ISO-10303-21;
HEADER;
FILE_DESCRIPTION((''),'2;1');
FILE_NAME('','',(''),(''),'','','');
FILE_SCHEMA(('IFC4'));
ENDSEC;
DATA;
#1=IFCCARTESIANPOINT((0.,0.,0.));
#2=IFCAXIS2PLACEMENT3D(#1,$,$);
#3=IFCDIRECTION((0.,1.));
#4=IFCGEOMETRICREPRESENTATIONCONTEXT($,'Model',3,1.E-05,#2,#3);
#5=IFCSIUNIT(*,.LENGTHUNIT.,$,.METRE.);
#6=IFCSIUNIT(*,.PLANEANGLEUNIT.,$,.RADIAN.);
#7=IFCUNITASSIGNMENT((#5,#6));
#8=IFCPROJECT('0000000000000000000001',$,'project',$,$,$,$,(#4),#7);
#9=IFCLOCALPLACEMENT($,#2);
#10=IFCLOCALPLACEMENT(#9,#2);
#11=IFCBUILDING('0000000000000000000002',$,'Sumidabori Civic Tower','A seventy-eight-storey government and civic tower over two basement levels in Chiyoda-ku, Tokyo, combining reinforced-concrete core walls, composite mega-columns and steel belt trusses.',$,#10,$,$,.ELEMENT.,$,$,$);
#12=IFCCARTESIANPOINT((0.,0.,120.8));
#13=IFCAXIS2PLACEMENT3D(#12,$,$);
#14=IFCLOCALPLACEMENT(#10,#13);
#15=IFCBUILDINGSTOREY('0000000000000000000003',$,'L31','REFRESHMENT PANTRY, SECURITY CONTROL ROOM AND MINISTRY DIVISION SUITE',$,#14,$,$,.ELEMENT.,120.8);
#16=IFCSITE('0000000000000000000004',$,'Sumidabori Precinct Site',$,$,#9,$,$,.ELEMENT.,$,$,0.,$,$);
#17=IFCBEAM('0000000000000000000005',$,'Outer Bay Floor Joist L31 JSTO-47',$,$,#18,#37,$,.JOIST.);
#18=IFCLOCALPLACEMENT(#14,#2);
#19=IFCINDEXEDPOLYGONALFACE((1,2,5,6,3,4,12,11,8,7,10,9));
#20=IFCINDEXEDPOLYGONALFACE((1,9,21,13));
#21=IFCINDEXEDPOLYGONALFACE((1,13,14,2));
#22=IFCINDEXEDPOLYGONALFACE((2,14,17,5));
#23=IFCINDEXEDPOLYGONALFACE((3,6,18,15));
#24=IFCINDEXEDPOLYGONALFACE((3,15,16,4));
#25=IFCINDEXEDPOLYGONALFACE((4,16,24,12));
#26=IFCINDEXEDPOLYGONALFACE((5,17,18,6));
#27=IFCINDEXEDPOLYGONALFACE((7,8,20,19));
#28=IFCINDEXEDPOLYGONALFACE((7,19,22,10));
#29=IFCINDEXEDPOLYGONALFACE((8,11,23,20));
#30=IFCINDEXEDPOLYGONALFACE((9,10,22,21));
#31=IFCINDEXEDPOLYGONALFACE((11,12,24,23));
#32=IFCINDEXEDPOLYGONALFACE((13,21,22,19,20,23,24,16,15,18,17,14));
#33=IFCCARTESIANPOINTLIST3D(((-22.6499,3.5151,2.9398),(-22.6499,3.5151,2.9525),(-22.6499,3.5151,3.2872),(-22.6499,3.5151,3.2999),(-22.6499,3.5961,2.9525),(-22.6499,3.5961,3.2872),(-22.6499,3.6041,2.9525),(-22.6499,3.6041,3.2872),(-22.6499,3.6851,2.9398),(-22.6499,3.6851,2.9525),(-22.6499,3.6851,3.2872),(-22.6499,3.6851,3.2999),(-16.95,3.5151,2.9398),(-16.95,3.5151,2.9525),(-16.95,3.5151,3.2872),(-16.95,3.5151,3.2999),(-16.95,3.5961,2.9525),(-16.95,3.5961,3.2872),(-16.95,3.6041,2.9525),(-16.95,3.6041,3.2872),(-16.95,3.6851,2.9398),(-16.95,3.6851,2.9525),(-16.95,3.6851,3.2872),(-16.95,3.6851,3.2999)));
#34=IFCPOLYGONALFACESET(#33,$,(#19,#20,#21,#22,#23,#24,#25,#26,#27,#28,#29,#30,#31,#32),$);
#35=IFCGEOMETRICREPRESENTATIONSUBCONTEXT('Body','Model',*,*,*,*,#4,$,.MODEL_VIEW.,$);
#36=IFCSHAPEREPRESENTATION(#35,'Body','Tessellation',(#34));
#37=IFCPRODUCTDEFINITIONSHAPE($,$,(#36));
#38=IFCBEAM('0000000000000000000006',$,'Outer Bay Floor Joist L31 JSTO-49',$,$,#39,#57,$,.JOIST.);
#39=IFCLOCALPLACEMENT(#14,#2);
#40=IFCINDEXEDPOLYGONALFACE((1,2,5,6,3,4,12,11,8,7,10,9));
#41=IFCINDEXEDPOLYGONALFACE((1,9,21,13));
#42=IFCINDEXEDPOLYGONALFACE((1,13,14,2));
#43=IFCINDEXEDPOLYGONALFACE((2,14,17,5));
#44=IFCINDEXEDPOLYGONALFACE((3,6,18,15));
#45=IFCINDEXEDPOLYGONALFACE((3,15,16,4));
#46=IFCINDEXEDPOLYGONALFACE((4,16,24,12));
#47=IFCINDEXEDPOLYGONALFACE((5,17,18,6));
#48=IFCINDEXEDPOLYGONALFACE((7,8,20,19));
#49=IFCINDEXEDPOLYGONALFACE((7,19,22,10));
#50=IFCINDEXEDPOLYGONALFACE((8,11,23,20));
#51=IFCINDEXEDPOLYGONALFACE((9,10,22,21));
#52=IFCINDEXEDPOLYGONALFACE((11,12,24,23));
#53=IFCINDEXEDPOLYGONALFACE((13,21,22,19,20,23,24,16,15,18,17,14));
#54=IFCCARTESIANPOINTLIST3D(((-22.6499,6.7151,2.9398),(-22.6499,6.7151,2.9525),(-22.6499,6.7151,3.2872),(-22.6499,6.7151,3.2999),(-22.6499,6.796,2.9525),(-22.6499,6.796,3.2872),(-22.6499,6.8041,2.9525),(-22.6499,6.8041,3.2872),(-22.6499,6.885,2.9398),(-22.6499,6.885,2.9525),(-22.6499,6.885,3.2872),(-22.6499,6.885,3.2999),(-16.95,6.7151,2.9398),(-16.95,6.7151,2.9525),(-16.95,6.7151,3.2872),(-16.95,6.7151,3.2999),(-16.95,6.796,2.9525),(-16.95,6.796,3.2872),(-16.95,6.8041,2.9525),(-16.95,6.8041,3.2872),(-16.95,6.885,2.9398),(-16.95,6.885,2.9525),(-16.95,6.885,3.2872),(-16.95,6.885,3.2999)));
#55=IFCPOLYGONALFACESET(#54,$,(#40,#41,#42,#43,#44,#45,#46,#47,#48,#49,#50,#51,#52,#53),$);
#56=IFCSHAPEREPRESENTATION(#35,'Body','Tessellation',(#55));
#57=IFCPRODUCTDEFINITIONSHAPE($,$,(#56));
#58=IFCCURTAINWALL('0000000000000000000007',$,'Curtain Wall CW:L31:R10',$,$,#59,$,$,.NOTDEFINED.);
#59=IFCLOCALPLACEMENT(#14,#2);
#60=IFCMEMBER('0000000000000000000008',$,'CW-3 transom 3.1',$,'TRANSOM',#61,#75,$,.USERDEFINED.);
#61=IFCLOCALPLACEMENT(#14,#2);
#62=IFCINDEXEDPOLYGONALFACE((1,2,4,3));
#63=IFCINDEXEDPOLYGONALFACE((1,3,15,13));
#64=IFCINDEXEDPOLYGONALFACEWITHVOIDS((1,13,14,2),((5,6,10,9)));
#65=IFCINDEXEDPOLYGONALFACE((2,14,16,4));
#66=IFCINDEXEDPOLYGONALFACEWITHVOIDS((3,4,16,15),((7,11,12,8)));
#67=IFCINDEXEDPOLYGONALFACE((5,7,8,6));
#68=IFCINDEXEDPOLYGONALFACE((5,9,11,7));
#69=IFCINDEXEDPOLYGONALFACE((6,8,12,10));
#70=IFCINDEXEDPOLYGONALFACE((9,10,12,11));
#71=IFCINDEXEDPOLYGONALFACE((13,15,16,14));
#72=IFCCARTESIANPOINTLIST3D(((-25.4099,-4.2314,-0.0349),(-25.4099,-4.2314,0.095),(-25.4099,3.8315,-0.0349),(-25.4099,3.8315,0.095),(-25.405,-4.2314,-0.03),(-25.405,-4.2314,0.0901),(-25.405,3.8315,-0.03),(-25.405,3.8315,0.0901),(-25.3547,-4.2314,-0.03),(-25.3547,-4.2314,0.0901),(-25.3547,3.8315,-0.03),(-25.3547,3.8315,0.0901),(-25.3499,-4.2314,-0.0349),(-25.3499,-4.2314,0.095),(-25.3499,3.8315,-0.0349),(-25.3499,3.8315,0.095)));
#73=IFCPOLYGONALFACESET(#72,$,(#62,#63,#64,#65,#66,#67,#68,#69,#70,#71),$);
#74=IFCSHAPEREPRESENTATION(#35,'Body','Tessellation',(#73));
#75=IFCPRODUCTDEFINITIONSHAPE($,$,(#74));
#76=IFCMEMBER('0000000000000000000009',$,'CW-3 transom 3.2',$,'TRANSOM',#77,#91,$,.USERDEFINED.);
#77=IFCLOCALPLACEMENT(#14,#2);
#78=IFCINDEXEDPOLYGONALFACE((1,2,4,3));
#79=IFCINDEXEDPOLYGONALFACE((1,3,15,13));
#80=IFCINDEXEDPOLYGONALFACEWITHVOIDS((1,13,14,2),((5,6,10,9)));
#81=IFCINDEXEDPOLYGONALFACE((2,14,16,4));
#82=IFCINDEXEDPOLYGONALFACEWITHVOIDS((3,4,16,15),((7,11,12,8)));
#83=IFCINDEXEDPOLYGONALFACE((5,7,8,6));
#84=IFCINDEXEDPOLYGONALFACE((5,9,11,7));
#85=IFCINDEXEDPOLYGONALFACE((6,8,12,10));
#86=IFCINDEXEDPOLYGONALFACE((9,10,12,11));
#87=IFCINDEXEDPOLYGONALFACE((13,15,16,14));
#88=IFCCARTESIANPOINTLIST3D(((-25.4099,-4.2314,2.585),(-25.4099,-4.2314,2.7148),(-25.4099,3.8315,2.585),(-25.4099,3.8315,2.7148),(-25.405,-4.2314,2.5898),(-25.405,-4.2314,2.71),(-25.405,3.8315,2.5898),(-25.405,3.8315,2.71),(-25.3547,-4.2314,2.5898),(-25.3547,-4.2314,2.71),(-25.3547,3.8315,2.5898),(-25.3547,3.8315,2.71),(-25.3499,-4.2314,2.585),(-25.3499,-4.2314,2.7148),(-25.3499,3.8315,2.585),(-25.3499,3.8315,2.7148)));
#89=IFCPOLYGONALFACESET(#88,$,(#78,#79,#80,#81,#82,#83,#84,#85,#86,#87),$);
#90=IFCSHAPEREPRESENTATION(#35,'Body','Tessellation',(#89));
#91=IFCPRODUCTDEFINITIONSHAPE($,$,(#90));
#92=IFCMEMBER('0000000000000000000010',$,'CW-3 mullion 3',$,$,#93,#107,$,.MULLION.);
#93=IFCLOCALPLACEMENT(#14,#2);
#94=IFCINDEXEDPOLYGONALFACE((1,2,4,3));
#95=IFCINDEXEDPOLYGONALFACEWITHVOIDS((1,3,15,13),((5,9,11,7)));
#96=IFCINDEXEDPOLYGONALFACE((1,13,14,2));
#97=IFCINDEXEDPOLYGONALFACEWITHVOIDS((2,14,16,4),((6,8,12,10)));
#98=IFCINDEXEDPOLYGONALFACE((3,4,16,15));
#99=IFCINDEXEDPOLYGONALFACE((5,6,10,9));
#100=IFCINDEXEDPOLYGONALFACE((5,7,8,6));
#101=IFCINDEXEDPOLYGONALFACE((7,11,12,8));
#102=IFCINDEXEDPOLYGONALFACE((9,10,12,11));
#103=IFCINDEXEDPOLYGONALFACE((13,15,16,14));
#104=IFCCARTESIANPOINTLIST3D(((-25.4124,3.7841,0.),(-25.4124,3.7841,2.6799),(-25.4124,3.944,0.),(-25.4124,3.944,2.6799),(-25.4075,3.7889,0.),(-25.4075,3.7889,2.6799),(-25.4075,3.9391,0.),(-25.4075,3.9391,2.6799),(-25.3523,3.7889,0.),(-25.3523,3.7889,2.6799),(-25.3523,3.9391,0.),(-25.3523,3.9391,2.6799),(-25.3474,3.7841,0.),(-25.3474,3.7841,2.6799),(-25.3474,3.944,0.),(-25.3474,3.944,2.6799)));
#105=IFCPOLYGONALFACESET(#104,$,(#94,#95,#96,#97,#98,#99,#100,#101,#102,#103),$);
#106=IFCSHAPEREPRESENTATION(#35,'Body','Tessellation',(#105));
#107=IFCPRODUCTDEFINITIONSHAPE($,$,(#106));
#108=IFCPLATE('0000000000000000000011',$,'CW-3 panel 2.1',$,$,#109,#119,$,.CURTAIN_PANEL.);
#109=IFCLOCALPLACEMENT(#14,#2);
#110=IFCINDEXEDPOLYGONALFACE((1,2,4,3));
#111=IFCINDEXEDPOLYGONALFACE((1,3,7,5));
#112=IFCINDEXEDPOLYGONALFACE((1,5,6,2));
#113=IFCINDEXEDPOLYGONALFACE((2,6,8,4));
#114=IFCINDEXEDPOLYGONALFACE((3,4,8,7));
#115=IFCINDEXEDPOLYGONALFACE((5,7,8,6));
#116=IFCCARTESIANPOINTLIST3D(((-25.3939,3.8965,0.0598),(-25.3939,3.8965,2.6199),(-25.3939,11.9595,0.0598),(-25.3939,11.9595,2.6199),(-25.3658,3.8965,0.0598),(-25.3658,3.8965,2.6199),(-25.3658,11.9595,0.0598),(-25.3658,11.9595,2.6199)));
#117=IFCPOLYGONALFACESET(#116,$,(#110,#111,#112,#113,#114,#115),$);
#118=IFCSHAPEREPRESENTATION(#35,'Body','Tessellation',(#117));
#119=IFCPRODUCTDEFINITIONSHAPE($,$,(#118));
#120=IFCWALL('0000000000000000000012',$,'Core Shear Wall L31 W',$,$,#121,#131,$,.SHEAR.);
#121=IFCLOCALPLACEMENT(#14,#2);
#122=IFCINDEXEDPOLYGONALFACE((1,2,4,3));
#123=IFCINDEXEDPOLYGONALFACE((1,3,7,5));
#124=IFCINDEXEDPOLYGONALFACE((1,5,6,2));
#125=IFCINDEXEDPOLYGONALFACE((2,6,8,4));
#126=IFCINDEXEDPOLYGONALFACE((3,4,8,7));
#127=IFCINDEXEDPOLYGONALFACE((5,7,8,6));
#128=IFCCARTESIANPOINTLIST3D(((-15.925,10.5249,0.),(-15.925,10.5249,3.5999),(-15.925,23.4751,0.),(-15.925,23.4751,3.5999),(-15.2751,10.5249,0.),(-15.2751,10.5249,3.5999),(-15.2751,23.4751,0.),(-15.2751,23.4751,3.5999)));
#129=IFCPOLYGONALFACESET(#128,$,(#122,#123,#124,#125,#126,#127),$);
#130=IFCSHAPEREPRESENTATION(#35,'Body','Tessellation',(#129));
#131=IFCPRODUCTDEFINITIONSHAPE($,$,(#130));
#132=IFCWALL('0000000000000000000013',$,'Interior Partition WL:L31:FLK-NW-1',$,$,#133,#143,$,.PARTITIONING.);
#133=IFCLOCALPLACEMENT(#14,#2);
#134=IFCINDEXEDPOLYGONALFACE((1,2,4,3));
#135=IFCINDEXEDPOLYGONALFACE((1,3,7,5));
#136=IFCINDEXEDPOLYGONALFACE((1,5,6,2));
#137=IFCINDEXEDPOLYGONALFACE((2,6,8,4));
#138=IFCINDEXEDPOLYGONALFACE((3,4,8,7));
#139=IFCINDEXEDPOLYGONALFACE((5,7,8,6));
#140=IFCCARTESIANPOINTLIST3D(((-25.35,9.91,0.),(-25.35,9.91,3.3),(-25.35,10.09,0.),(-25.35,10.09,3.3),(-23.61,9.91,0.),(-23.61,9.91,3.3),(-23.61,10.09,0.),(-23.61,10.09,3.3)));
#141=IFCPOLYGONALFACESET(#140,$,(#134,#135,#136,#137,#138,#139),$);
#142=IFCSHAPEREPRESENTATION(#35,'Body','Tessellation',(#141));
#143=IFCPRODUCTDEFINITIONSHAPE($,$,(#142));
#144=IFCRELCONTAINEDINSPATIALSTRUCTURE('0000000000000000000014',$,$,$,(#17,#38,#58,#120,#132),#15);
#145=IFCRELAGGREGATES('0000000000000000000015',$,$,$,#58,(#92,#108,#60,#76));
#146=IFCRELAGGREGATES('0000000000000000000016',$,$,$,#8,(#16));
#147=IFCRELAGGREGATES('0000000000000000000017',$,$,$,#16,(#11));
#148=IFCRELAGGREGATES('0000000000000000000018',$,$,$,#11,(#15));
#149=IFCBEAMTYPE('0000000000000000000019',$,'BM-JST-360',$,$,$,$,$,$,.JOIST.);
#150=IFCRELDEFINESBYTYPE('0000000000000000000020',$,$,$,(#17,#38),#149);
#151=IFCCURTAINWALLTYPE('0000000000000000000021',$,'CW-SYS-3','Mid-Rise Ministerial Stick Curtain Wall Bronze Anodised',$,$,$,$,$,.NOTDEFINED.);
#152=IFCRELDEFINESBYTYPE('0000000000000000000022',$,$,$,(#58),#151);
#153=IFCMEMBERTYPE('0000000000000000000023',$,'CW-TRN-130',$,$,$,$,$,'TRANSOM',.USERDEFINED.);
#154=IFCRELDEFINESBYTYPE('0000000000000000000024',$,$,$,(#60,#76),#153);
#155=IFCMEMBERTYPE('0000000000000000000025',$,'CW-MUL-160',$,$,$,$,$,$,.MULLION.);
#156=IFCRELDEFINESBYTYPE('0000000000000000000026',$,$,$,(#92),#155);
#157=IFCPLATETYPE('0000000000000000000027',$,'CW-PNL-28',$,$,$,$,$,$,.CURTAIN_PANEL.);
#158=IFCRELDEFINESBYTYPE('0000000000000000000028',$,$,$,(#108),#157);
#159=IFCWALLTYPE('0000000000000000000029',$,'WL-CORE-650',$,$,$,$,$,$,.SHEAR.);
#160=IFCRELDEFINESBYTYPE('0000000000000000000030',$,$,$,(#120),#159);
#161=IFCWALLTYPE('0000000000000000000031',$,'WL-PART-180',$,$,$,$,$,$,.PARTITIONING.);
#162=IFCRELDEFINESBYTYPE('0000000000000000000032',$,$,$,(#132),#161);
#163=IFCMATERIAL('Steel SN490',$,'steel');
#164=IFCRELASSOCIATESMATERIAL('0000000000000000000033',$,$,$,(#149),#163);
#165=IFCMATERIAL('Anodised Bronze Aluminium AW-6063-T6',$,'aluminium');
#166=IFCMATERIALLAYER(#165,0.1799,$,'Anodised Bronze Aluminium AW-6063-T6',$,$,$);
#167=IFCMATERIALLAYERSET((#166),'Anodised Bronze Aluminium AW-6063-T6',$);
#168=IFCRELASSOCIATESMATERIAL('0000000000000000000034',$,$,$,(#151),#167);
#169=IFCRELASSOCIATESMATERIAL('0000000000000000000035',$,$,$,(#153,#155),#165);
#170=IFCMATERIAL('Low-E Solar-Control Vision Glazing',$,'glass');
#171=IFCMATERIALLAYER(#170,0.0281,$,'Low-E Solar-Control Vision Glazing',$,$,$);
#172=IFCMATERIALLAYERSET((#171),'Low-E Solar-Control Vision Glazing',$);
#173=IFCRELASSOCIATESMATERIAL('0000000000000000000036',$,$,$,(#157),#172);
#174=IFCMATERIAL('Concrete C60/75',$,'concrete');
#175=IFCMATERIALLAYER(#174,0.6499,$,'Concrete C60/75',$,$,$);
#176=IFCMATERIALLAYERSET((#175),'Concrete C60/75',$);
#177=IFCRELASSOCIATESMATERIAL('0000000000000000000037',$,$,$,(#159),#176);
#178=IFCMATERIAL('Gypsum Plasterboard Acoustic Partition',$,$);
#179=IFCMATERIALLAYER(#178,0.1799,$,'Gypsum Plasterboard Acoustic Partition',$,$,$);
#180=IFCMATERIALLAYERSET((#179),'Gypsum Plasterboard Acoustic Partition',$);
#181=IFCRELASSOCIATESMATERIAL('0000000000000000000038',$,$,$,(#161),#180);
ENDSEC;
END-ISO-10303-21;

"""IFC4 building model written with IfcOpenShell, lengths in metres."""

from ifc_helpers import new_model, si_unit, direction, frame, frame_2d, origin, origin_2d, place, context, subcontext, project, spatial, rectangle, hollow_rectangle, i_section, extrude, source, transform, mapped, material, layer, layer_set, material_profile, profile_set, type_object, element, aggregate, save


model = new_model("IFC4")

# Units and contexts
model_context = context("Model", 3, precision=1e-05, world=origin(), true_north=direction((0.0, 1.0)))
body_context = subcontext(model_context, "Body", "Model", "MODEL_VIEW")
ifc_project = project(units=[si_unit("LENGTHUNIT", "METRE"), si_unit("PLANEANGLEUNIT", "RADIAN")], contexts=[model_context])

# Site, building, storey
site_placement = place(None, origin())
site = spatial("IfcSite", under=ifc_project, at=site_placement, Name="Sumidabori Precinct Site", CompositionType="ELEMENT", RefElevation=0.0)
building_placement = place(site_placement, origin())
building = spatial("IfcBuilding", under=site, at=building_placement, Name="Sumidabori Civic Tower", Description="A seventy-eight-storey government and civic tower over two basement levels in Chiyoda-ku, Tokyo, combining reinforced-concrete core walls, composite mega-columns and steel belt trusses.", CompositionType="ELEMENT")
storey_placement = place(building_placement, frame((0.0, 0.0, 120.8)))
storey = spatial("IfcBuildingStorey", under=building, at=storey_placement, Name="L31", Description="REFRESHMENT PANTRY, SECURITY CONTROL ROOM AND MINISTRY DIVISION SUITE", CompositionType="ELEMENT", Elevation=120.8)

# Shared definitions
ifc_material_1 = material(Name="Concrete C60/75", Category="concrete")

# Beams
ifc_material_2 = material(Name="Steel SN490", Category="steel")
ifc_material_profile_1 = material_profile(ifc_material_2, i_section(OverallWidth=0.1699, OverallDepth=0.3601, WebThickness=0.0081, FlangeThickness=0.0127, at=origin_2d()), Name="IPE 360")
ifc_profile_set_1 = profile_set([ifc_material_profile_1], Name="Steel SN490")
beam_type_1 = type_object("IfcBeamType", Name="BM-JST-360", PredefinedType="JOIST", material=ifc_profile_set_1)
shared_shape_1 = source(origin(), body_context, "Body", "SweptSolid", [
    extrude(i_section(OverallWidth=0.1699, OverallDepth=0.3601, WebThickness=0.0081, FlangeThickness=0.0127, at=origin_2d()), origin(), (0.0, 0.0, 1.0), 5.7),
])
for number, where, z_axis, x_axis, name in (
    (1, (-22.6499, 3.6001, 3.1199), (1.0, 0.0, 0.0), (0.0, 1.0, 0.0), "Outer Bay Floor Joist L31 JSTO-47"),
    (2, (-22.6499, 6.8, 3.1199), (1.0, 0.0, 0.0), (0.0, 1.0, 0.0), "Outer Bay Floor Joist L31 JSTO-49"),
):
    element("IfcBeam", number, at=place(storey_placement, frame(where, z_axis=z_axis, x_axis=x_axis)), inside=storey, type_object=beam_type_1, Name=name, PredefinedType="JOIST", context=body_context, shape_type="MappedRepresentation", body=[
        mapped(shared_shape_1, transform((0.0, 0.0, 0.0), x_axis=(1.0, 0.0, 0.0), y_axis=(0.0, 1.0, 0.0), z_axis=(0.0, 0.0, 1.0), scale=1.0)),
    ])

# Curtain wall, members, plate
ifc_material_3 = material(Name="Anodised Bronze Aluminium AW-6063-T6", Category="aluminium")
ifc_layer_1 = layer(ifc_material_3, 0.1799, Name="Anodised Bronze Aluminium AW-6063-T6")
ifc_layer_set_1 = layer_set([ifc_layer_1], Name="Anodised Bronze Aluminium AW-6063-T6")
curtain_wall_type = type_object("IfcCurtainWallType", Name="CW-SYS-3", Description="Mid-Rise Ministerial Stick Curtain Wall Bronze Anodised", PredefinedType="NOTDEFINED", material=ifc_layer_set_1)
curtain_wall_placement = place(storey_placement, origin())
curtain_wall = element("IfcCurtainWall", 3, at=curtain_wall_placement, inside=storey, type_object=curtain_wall_type, Name="Curtain Wall CW:L31:R10", PredefinedType="NOTDEFINED")
ifc_material_profile_2 = material_profile(ifc_material_3, hollow_rectangle(XDim=0.0601, YDim=0.1299, WallThickness=0.0049, at=origin_2d()), Name="ALU TRANSOM 130x60")
ifc_profile_set_2 = profile_set([ifc_material_profile_2], Name="Anodised Bronze Aluminium AW-6063-T6")
member_type_1 = type_object("IfcMemberType", Name="CW-TRN-130", ElementType="TRANSOM", PredefinedType="USERDEFINED", material=ifc_profile_set_2)
shared_shape_2 = source(origin(), body_context, "Body", "SweptSolid", [
    extrude(hollow_rectangle(XDim=0.0601, YDim=0.1299, WallThickness=0.0049, at=origin_2d()), origin(), (0.0, 0.0, 1.0), 8.063),
])
member_1_placement = place(storey_placement, frame((-25.3799, 3.8315, 0.03), z_axis=(0.0, -1.0, 0.0), x_axis=(1.0, 0.0, 0.0)))
member_1 = element("IfcMember", 4, at=member_1_placement, type_object=member_type_1, Name="CW-3 transom 3.1", ObjectType="TRANSOM", PredefinedType="USERDEFINED", context=body_context, shape_type="MappedRepresentation", body=[
    mapped(shared_shape_2, transform((0.0, 0.0, 0.0), x_axis=(1.0, 0.0, 0.0), y_axis=(0.0, 1.0, 0.0), z_axis=(0.0, 0.0, 1.0), scale=1.0)),
])
member_2_placement = place(storey_placement, frame((-25.3799, 3.8315, 2.6499), z_axis=(0.0, -1.0, 0.0), x_axis=(1.0, 0.0, 0.0)))
member_2 = element("IfcMember", 5, at=member_2_placement, type_object=member_type_1, Name="CW-3 transom 3.2", ObjectType="TRANSOM", PredefinedType="USERDEFINED", context=body_context, shape_type="MappedRepresentation", body=[
    mapped(shared_shape_2, transform((0.0, 0.0, 0.0), x_axis=(1.0, 0.0, 0.0), y_axis=(0.0, 1.0, 0.0), z_axis=(0.0, 0.0, 1.0), scale=1.0)),
])
ifc_material_profile_3 = material_profile(ifc_material_3, hollow_rectangle(XDim=0.0649, YDim=0.1599, WallThickness=0.0049, at=origin_2d()), Name="ALU MULLION 160x65")
ifc_profile_set_3 = profile_set([ifc_material_profile_3], Name="Anodised Bronze Aluminium AW-6063-T6")
member_type_2 = type_object("IfcMemberType", Name="CW-MUL-160", PredefinedType="MULLION", material=ifc_profile_set_3)
shared_shape_3 = source(origin(), body_context, "Body", "SweptSolid", [
    extrude(hollow_rectangle(XDim=0.0649, YDim=0.1599, WallThickness=0.0049, at=origin_2d()), origin(), (0.0, 0.0, 1.0), 2.6799),
])
member_3_placement = place(storey_placement, frame((-25.3799, 3.864, 0.0), z_axis=(0.0, 0.0, 1.0), x_axis=(1.0, 0.0, 0.0)))
member_3 = element("IfcMember", 6, at=member_3_placement, type_object=member_type_2, Name="CW-3 mullion 3", PredefinedType="MULLION", context=body_context, shape_type="MappedRepresentation", body=[
    mapped(shared_shape_3, transform((0.0, 0.0, 0.0), x_axis=(1.0, 0.0, 0.0), y_axis=(0.0, 1.0, 0.0), z_axis=(0.0, 0.0, 1.0), scale=1.0)),
])
ifc_material_4 = material(Name="Low-E Solar-Control Vision Glazing", Category="glass")
ifc_layer_2 = layer(ifc_material_4, 0.0281, Name="Low-E Solar-Control Vision Glazing")
ifc_layer_set_2 = layer_set([ifc_layer_2], Name="Low-E Solar-Control Vision Glazing")
plate_type = type_object("IfcPlateType", Name="CW-PNL-28", PredefinedType="CURTAIN_PANEL", material=ifc_layer_set_2)
shared_shape_4 = source(origin(), body_context, "Body", "SweptSolid", [
    extrude(rectangle(XDim=8.063, YDim=0.0281, at=origin_2d()), origin(), (0.0, 0.0, 1.0), 2.5601),
])
plate_placement = place(storey_placement, frame((-25.3799, 7.928, 0.0598), z_axis=(0.0, 0.0, 1.0), x_axis=(0.0, -1.0, 0.0)))
plate = element("IfcPlate", 7, at=plate_placement, type_object=plate_type, Name="CW-3 panel 2.1", PredefinedType="CURTAIN_PANEL", context=body_context, shape_type="MappedRepresentation", body=[
    mapped(shared_shape_4, transform((0.0, 0.0, 0.0), x_axis=(1.0, 0.0, 0.0), y_axis=(0.0, 1.0, 0.0), z_axis=(0.0, 0.0, 1.0), scale=1.0)),
])
aggregate(curtain_wall, [member_3, plate, member_1, member_2])

# Shared definitions
ifc_layer_3 = layer(ifc_material_1, 0.6499, Name="Concrete C60/75")
ifc_layer_set_3 = layer_set([ifc_layer_3], Name="Concrete C60/75")
wall_type_1 = type_object("IfcWallType", Name="WL-CORE-650", PredefinedType="SHEAR", material=ifc_layer_set_3)

# Walls
shared_shape_5 = source(origin(), body_context, "Body", "SweptSolid", [
    extrude(rectangle(XDim=12.9502, YDim=0.6499, at=frame_2d((6.4751, 0.0))), origin(), (0.0, 0.0, 1.0), 3.5999),
])
wall_1_placement = place(storey_placement, frame((-15.6001, 10.5249, 0.0), z_axis=(0.0, 0.0, 1.0), x_axis=(0.0, 1.0, 0.0)))
element("IfcWall", 8, at=wall_1_placement, inside=storey, type_object=wall_type_1, Name="Core Shear Wall L31 W", PredefinedType="SHEAR", context=body_context, shape_type="MappedRepresentation", body=[
    mapped(shared_shape_5, transform((0.0, 0.0, 0.0), x_axis=(1.0, 0.0, 0.0), y_axis=(0.0, 1.0, 0.0), z_axis=(0.0, 0.0, 1.0), scale=1.0)),
])
ifc_material_5 = material(Name="Gypsum Plasterboard Acoustic Partition")
ifc_layer_4 = layer(ifc_material_5, 0.1799, Name="Gypsum Plasterboard Acoustic Partition")
ifc_layer_set_4 = layer_set([ifc_layer_4], Name="Gypsum Plasterboard Acoustic Partition")
wall_type_2 = type_object("IfcWallType", Name="WL-PART-180", PredefinedType="PARTITIONING", material=ifc_layer_set_4)
shared_shape_6 = source(origin(), body_context, "Body", "SweptSolid", [
    extrude(rectangle(XDim=1.74, YDim=0.1799, at=frame_2d((0.8701, 0.0))), origin(), (0.0, 0.0, 1.0), 3.3),
])
wall_2_placement = place(storey_placement, frame((-25.3501, 10.0, 0.0), z_axis=(0.0, 0.0, 1.0), x_axis=(1.0, 0.0, 0.0)))
element("IfcWall", 9, at=wall_2_placement, inside=storey, type_object=wall_type_2, Name="Interior Partition WL:L31:FLK-NW-1", PredefinedType="PARTITIONING", context=body_context, shape_type="MappedRepresentation", body=[
    mapped(shared_shape_6, transform((0.0, 0.0, 0.0), x_axis=(1.0, 0.0, 0.0), y_axis=(0.0, 1.0, 0.0), z_axis=(0.0, 0.0, 1.0), scale=1.0)),
])

save(model, "model.ifc")
